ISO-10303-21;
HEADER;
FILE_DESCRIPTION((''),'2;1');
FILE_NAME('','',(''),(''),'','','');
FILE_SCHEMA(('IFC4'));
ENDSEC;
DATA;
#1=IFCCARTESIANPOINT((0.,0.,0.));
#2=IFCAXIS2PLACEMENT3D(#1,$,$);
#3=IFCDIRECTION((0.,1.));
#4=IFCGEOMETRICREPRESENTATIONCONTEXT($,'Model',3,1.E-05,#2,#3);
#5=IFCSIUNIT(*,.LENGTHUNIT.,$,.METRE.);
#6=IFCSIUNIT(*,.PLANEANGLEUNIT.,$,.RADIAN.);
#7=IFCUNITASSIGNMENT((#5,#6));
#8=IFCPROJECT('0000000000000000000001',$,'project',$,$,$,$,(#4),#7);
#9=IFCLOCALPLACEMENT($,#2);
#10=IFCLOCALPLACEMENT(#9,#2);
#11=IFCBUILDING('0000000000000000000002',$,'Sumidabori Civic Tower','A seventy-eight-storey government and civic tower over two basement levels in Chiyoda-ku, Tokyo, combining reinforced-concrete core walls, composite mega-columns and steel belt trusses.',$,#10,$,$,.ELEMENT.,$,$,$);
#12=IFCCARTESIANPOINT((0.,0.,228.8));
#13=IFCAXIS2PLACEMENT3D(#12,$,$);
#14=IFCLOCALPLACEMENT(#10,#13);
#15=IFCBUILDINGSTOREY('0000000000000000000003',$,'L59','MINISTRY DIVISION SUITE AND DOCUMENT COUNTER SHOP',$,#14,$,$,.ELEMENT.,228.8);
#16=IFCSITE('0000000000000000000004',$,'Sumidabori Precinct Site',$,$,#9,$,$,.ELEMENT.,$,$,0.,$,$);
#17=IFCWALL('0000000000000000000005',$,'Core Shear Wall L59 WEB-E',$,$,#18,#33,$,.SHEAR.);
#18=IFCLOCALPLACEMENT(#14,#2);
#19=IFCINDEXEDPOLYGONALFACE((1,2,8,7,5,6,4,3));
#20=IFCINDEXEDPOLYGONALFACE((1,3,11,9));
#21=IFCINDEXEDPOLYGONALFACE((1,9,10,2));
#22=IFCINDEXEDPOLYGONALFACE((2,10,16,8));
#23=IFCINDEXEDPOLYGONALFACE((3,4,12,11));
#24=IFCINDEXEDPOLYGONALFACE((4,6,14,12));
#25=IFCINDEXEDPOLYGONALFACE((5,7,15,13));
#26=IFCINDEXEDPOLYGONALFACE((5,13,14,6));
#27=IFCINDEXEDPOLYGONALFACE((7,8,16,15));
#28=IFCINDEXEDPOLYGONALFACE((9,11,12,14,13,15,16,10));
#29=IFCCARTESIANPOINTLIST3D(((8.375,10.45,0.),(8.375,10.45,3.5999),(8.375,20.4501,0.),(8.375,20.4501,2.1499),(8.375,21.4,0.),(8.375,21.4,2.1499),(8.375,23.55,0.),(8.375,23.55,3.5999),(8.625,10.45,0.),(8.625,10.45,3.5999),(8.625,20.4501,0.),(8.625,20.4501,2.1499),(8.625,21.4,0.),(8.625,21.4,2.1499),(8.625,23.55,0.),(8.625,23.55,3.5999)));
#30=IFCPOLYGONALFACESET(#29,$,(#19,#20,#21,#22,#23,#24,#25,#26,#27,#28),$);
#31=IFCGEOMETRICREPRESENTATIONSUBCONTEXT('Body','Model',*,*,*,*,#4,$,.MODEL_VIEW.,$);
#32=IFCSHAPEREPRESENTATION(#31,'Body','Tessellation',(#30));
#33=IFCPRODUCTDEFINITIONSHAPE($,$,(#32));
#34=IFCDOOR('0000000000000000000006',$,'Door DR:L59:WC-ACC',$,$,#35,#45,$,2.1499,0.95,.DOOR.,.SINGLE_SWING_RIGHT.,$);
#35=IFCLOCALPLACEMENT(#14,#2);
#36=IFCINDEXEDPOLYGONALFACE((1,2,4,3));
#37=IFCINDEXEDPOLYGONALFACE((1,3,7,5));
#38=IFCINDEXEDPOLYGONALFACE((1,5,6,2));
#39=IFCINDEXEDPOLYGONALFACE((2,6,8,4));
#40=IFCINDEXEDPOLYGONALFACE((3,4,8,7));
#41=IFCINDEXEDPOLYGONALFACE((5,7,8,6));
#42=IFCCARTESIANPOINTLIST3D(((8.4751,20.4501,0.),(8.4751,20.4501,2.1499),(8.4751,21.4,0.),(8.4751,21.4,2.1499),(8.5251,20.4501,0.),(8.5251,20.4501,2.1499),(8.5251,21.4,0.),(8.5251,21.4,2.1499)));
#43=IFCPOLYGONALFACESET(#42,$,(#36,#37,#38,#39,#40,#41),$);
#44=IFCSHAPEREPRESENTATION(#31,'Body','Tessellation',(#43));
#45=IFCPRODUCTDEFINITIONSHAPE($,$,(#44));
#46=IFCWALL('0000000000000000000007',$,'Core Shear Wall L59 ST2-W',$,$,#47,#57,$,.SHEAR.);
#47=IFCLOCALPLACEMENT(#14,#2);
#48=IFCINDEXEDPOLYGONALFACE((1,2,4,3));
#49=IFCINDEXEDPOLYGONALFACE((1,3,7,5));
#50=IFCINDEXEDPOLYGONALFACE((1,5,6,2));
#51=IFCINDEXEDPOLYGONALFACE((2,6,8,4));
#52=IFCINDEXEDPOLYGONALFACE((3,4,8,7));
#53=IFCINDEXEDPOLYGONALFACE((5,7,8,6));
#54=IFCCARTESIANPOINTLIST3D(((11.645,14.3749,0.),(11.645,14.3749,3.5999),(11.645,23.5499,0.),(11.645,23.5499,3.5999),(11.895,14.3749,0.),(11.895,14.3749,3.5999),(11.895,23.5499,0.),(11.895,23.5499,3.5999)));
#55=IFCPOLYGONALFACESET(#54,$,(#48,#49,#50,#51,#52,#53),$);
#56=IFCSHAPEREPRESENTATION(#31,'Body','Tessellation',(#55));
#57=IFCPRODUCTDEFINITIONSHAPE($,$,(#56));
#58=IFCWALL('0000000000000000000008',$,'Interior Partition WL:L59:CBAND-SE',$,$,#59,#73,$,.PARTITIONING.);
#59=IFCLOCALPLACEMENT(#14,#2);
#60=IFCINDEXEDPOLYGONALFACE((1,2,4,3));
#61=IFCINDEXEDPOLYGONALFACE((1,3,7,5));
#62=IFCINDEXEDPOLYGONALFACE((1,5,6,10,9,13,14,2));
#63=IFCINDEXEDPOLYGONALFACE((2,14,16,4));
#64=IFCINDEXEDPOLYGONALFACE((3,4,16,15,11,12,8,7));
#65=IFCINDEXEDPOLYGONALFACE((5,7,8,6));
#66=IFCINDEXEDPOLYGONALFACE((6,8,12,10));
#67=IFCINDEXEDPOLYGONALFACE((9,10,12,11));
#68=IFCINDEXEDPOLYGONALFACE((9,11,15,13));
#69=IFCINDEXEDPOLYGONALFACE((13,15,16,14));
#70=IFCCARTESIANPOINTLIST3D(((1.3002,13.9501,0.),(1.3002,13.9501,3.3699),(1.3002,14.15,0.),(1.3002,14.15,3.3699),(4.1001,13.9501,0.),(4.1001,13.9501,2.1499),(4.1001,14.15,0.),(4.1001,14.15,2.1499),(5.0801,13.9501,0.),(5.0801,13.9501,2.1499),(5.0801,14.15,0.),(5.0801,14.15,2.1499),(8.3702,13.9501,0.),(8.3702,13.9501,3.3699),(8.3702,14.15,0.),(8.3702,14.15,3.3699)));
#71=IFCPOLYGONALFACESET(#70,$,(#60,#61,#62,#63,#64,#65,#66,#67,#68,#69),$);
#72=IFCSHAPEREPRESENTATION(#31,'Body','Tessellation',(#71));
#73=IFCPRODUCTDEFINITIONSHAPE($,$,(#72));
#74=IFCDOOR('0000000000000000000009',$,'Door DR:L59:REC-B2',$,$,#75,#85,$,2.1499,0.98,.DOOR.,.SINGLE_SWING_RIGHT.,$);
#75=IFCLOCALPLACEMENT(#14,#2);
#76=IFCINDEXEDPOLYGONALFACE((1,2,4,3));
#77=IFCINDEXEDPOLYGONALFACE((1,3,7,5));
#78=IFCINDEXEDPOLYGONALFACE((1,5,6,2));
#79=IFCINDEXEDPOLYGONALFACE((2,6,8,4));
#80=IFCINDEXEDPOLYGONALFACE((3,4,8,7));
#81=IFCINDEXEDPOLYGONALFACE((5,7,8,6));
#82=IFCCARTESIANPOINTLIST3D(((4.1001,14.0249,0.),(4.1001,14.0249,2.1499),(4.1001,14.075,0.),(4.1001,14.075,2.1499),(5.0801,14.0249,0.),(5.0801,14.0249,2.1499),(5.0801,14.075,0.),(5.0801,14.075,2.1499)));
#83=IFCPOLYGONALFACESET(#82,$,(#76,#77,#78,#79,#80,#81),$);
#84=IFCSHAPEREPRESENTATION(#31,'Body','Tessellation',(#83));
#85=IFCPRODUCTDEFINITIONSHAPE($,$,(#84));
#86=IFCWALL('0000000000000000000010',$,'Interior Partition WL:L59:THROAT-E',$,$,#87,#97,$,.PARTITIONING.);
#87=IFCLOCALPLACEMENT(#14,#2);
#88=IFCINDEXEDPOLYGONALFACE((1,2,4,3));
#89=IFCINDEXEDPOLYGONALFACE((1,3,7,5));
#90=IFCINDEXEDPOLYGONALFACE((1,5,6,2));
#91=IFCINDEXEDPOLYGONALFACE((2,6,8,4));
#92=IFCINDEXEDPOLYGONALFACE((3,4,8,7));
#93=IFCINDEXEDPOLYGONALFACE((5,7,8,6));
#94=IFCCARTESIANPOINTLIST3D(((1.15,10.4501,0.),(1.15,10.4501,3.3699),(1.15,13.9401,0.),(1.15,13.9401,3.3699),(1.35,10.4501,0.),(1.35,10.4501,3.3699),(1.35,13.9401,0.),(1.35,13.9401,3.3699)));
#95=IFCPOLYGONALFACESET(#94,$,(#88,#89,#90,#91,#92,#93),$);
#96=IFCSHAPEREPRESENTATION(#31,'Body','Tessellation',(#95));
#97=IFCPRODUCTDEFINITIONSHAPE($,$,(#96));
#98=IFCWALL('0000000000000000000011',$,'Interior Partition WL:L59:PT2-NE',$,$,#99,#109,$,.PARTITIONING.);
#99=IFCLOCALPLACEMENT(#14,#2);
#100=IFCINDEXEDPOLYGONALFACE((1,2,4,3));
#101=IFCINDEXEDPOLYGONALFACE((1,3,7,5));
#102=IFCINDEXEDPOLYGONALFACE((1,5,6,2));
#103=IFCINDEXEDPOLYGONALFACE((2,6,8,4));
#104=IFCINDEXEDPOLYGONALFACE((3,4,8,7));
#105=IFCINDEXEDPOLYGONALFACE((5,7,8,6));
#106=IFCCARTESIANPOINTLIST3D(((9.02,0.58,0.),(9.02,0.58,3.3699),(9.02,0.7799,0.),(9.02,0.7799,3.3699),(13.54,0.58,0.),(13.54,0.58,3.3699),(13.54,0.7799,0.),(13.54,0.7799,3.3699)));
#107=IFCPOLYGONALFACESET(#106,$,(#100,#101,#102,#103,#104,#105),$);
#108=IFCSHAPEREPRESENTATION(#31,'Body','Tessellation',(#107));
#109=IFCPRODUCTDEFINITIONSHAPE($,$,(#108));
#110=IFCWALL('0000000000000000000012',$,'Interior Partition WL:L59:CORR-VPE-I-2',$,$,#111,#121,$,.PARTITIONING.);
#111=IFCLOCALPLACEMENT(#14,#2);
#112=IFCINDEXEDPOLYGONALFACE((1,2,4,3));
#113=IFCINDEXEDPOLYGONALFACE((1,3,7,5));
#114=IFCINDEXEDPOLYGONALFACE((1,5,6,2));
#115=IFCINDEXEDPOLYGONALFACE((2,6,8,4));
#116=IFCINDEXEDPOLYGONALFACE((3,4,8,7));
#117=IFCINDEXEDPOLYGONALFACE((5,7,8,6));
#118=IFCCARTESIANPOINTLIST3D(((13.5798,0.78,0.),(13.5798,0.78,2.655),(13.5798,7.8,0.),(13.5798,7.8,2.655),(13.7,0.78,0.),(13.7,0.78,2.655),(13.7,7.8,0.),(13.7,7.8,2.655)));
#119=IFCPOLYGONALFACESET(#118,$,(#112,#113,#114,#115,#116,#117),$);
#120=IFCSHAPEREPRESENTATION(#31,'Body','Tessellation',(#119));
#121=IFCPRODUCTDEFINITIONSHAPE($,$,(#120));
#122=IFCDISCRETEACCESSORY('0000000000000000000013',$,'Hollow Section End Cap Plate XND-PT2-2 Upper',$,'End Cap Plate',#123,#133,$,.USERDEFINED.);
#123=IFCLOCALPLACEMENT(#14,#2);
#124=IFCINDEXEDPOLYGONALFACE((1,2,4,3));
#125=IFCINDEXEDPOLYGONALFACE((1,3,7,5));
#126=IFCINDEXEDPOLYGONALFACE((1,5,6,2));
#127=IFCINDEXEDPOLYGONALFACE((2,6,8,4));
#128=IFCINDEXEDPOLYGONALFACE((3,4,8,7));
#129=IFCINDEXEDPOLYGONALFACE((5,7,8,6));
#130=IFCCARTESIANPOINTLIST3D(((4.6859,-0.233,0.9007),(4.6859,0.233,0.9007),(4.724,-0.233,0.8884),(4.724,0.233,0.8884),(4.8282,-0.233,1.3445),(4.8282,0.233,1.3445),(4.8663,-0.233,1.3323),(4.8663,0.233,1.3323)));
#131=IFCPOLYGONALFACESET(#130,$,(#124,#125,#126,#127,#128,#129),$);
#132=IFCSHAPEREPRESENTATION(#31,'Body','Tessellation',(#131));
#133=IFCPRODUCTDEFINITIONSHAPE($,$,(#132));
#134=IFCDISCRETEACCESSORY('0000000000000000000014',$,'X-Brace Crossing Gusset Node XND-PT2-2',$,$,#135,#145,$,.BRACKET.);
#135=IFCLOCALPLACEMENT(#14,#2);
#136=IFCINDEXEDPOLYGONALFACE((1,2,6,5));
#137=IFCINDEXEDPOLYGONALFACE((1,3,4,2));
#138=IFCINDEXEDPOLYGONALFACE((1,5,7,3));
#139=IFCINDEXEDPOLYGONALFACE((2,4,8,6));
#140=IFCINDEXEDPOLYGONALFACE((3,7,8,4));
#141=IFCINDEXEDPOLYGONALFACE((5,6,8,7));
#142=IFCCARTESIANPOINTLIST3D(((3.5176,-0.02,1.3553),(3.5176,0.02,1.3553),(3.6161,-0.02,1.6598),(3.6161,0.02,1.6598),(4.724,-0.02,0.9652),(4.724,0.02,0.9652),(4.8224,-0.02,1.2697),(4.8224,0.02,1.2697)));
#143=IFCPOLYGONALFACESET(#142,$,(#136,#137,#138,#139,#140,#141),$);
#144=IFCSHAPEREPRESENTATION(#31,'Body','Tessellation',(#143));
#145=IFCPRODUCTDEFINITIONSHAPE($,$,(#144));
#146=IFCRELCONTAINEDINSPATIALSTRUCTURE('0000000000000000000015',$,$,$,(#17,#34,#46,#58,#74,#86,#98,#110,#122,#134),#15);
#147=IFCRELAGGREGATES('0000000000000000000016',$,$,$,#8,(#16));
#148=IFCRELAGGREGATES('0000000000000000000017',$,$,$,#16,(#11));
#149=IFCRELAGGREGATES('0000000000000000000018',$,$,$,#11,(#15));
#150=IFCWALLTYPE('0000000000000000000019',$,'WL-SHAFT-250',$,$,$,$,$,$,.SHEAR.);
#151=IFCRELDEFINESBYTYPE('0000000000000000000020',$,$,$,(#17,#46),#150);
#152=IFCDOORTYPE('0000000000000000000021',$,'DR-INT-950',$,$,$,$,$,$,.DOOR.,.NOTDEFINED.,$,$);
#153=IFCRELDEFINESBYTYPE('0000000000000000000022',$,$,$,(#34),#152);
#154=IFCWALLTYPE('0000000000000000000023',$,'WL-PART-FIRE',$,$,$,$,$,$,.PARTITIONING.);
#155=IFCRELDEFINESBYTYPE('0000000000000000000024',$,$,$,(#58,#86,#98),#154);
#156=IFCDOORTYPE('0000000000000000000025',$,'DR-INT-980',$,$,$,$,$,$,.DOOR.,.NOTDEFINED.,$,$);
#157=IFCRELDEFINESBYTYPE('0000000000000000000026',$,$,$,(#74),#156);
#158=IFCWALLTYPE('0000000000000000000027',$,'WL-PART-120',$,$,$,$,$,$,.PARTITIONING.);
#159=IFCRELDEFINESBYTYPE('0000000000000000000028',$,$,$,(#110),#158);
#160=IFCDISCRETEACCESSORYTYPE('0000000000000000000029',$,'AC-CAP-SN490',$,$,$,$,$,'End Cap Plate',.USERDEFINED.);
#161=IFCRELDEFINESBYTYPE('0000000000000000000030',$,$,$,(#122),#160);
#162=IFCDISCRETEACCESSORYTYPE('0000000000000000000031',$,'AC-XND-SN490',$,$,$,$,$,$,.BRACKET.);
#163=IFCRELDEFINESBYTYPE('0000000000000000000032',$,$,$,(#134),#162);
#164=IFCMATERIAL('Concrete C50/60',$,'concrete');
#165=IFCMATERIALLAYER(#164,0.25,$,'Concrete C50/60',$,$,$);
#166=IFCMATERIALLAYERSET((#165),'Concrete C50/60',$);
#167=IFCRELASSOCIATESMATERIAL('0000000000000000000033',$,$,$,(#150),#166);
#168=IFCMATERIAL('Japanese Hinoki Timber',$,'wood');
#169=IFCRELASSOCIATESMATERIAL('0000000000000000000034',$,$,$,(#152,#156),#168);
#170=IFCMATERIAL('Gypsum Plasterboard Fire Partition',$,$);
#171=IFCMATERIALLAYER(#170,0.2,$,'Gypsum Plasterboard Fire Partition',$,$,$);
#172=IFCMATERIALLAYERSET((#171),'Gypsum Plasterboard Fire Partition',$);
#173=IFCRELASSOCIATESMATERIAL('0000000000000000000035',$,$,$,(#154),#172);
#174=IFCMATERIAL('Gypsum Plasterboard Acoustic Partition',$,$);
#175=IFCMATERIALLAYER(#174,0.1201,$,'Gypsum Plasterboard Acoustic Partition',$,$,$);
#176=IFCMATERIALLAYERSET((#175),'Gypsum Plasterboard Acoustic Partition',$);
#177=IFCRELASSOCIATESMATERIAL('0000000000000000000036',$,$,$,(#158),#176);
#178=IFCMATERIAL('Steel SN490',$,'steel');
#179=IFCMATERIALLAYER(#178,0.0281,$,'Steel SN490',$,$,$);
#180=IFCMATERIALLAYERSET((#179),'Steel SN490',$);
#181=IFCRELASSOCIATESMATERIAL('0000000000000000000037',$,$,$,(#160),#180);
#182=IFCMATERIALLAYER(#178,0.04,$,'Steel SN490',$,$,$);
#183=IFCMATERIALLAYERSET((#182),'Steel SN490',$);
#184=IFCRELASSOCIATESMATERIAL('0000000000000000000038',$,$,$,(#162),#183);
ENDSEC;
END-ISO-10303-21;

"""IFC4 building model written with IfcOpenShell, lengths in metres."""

from ifc_helpers import new_model, si_unit, direction, frame, frame_2d, origin, origin_2d, place, context, subcontext, project, spatial, rectangle, extrude, source, transform, mapped, material, layer, layer_set, type_object, element, fill, save


model = new_model("IFC4")

# Units and contexts
model_context = context("Model", 3, precision=1e-05, world=origin(), true_north=direction((0.0, 1.0)))
body_context = subcontext(model_context, "Body", "Model", "MODEL_VIEW")
ifc_project = project(units=[si_unit("LENGTHUNIT", "METRE"), si_unit("PLANEANGLEUNIT", "RADIAN")], contexts=[model_context])

# Site, building, storey
site_placement = place(None, origin())
site = spatial("IfcSite", under=ifc_project, at=site_placement, Name="Sumidabori Precinct Site", CompositionType="ELEMENT", RefElevation=0.0)
building_placement = place(site_placement, origin())
building = spatial("IfcBuilding", under=site, at=building_placement, Name="Sumidabori Civic Tower", Description="A seventy-eight-storey government and civic tower over two basement levels in Chiyoda-ku, Tokyo, combining reinforced-concrete core walls, composite mega-columns and steel belt trusses.", CompositionType="ELEMENT")
storey_placement = place(building_placement, frame((0.0, 0.0, 228.8)))
storey = spatial("IfcBuildingStorey", under=building, at=storey_placement, Name="L59", Description="MINISTRY DIVISION SUITE AND DOCUMENT COUNTER SHOP", CompositionType="ELEMENT", Elevation=228.8)

# Shared definitions
ifc_material_1 = material(Name="Concrete C50/60", Category="concrete")

# Shared definitions
ifc_material_2 = material(Name="Steel SN490", Category="steel")

# Wall, opening, door
ifc_layer_1 = layer(ifc_material_1, 0.25, Name="Concrete C50/60")
ifc_layer_set_1 = layer_set([ifc_layer_1], Name="Concrete C50/60")
wall_type_1 = type_object("IfcWallType", Name="WL-SHAFT-250", PredefinedType="SHEAR", material=ifc_layer_set_1)
shared_shape_1 = source(origin(), body_context, "Body", "SweptSolid", [
    extrude(rectangle(XDim=13.1001, YDim=0.25, at=frame_2d((6.55, 0.0))), origin(), (0.0, 0.0, 1.0), 3.5999),
])
wall_1_placement = place(storey_placement, frame((8.5, 10.45, 0.0), z_axis=(0.0, 0.0, 1.0), x_axis=(0.0, 1.0, 0.0)))
wall_1 = element("IfcWall", 1, at=wall_1_placement, inside=storey, type_object=wall_type_1, Name="Core Shear Wall L59 WEB-E", PredefinedType="SHEAR", context=body_context, shape_type="MappedRepresentation", body=[
    mapped(shared_shape_1, transform((0.0, 0.0, 0.0), x_axis=(1.0, 0.0, 0.0), y_axis=(0.0, 1.0, 0.0), z_axis=(0.0, 0.0, 1.0), scale=1.0)),
])
opening_1_placement = place(wall_1_placement, frame((10.0, 0.0, 0.0)))
opening_1 = element("IfcOpeningElement", 2, at=opening_1_placement, cuts=wall_1, PredefinedType="OPENING", context=body_context, shape_type="SweptSolid", body=[
    extrude(rectangle(XDim=0.95, YDim=2.1499, at=frame_2d((0.4751, 1.075))), frame((0.0, 0.137, 0.0), z_axis=(0.0, -1.0, 0.0), x_axis=(1.0, 0.0, 0.0)), (0.0, 0.0, 1.0), 0.2739),
])
ifc_material_3 = material(Name="Japanese Hinoki Timber", Category="wood")
door_type_1 = type_object("IfcDoorType", Name="DR-INT-950", OperationType="NOTDEFINED", PredefinedType="DOOR", material=ifc_material_3)
shared_shape_2 = source(origin(), body_context, "Body", "SweptSolid", [
    extrude(rectangle(XDim=0.95, YDim=2.1499, at=frame_2d((0.4751, 1.075))), frame((0.0, 0.0249, 0.0), z_axis=(0.0, -1.0, 0.0), x_axis=(1.0, 0.0, 0.0)), (0.0, 0.0, 1.0), 0.05),
])
door_1_placement = place(opening_1_placement, origin())
door_1 = element("IfcDoor", 3, at=door_1_placement, inside=storey, type_object=door_type_1, Name="Door DR:L59:WC-ACC", OperationType="SINGLE_SWING_RIGHT", OverallHeight=2.1499, OverallWidth=0.95, PredefinedType="DOOR", context=body_context, shape_type="MappedRepresentation", body=[
    mapped(shared_shape_2, transform((0.0, 0.0, 0.0), x_axis=(1.0, 0.0, 0.0), y_axis=(0.0, 1.0, 0.0), z_axis=(0.0, 0.0, 1.0), scale=1.0)),
])
fill(opening_1, door_1)

# Wall
shared_shape_3 = source(origin(), body_context, "Body", "SweptSolid", [
    extrude(rectangle(XDim=9.175, YDim=0.25, at=frame_2d((4.5874, 0.0))), origin(), (0.0, 0.0, 1.0), 3.5999),
])
wall_2_placement = place(storey_placement, frame((11.77, 14.375, 0.0), z_axis=(0.0, 0.0, 1.0), x_axis=(0.0, 1.0, 0.0)))
element("IfcWall", 4, at=wall_2_placement, inside=storey, type_object=wall_type_1, Name="Core Shear Wall L59 ST2-W", PredefinedType="SHEAR", context=body_context, shape_type="MappedRepresentation", body=[
    mapped(shared_shape_3, transform((0.0, 0.0, 0.0), x_axis=(1.0, 0.0, 0.0), y_axis=(0.0, 1.0, 0.0), z_axis=(0.0, 0.0, 1.0), scale=1.0)),
])

# Wall, opening, door
ifc_material_4 = material(Name="Gypsum Plasterboard Fire Partition")
ifc_layer_2 = layer(ifc_material_4, 0.2, Name="Gypsum Plasterboard Fire Partition")
ifc_layer_set_2 = layer_set([ifc_layer_2], Name="Gypsum Plasterboard Fire Partition")
wall_type_2 = type_object("IfcWallType", Name="WL-PART-FIRE", PredefinedType="PARTITIONING", material=ifc_layer_set_2)
shared_shape_4 = source(origin(), body_context, "Body", "SweptSolid", [
    extrude(rectangle(XDim=7.0701, YDim=0.2, at=frame_2d((3.5352, 0.0))), origin(), (0.0, 0.0, 1.0), 3.3699),
])
wall_3_placement = place(storey_placement, frame((1.3, 14.05, 0.0), z_axis=(0.0, 0.0, 1.0), x_axis=(1.0, 0.0, 0.0)))
wall_3 = element("IfcWall", 5, at=wall_3_placement, inside=storey, type_object=wall_type_2, Name="Interior Partition WL:L59:CBAND-SE", PredefinedType="PARTITIONING", context=body_context, shape_type="MappedRepresentation", body=[
    mapped(shared_shape_4, transform((0.0, 0.0, 0.0), x_axis=(1.0, 0.0, 0.0), y_axis=(0.0, 1.0, 0.0), z_axis=(0.0, 0.0, 1.0), scale=1.0)),
])
opening_2_placement = place(wall_3_placement, frame((2.8, 0.0, 0.0)))
opening_2 = element("IfcOpeningElement", 6, at=opening_2_placement, cuts=wall_3, PredefinedType="OPENING", context=body_context, shape_type="SweptSolid", body=[
    extrude(rectangle(XDim=0.98, YDim=2.1499, at=frame_2d((0.49, 1.075))), frame((0.0, 0.1118, 0.0), z_axis=(0.0, -1.0, 0.0), x_axis=(1.0, 0.0, 0.0)), (0.0, 0.0, 1.0), 0.2239),
])
door_type_2 = type_object("IfcDoorType", Name="DR-INT-980", OperationType="NOTDEFINED", PredefinedType="DOOR", material=ifc_material_3)
shared_shape_5 = source(origin(), body_context, "Body", "SweptSolid", [
    extrude(rectangle(XDim=0.98, YDim=2.1499, at=frame_2d((0.49, 1.075))), frame((0.0, 0.0249, 0.0), z_axis=(0.0, -1.0, 0.0), x_axis=(1.0, 0.0, 0.0)), (0.0, 0.0, 1.0), 0.05),
])
door_2_placement = place(opening_2_placement, origin())
door_2 = element("IfcDoor", 7, at=door_2_placement, inside=storey, type_object=door_type_2, Name="Door DR:L59:REC-B2", OperationType="SINGLE_SWING_RIGHT", OverallHeight=2.1499, OverallWidth=0.98, PredefinedType="DOOR", context=body_context, shape_type="MappedRepresentation", body=[
    mapped(shared_shape_5, transform((0.0, 0.0, 0.0), x_axis=(1.0, 0.0, 0.0), y_axis=(0.0, 1.0, 0.0), z_axis=(0.0, 0.0, 1.0), scale=1.0)),
])
fill(opening_2, door_2)

# Walls
shared_shape_6 = source(origin(), body_context, "Body", "SweptSolid", [
    extrude(rectangle(XDim=3.49, YDim=0.2, at=frame_2d((1.7451, 0.0))), origin(), (0.0, 0.0, 1.0), 3.3699),
])
wall_4_placement = place(storey_placement, frame((1.25, 10.45, 0.0), z_axis=(0.0, 0.0, 1.0), x_axis=(0.0, 1.0, 0.0)))
element("IfcWall", 8, at=wall_4_placement, inside=storey, type_object=wall_type_2, Name="Interior Partition WL:L59:THROAT-E", PredefinedType="PARTITIONING", context=body_context, shape_type="MappedRepresentation", body=[
    mapped(shared_shape_6, transform((0.0, 0.0, 0.0), x_axis=(1.0, 0.0, 0.0), y_axis=(0.0, 1.0, 0.0), z_axis=(0.0, 0.0, 1.0), scale=1.0)),
])
shared_shape_7 = source(origin(), body_context, "Body", "SweptSolid", [
    extrude(rectangle(XDim=4.52, YDim=0.2, at=frame_2d((2.26, 0.0))), origin(), (0.0, 0.0, 1.0), 3.3699),
])
wall_5_placement = place(storey_placement, frame((9.02, 0.6799, 0.0), z_axis=(0.0, 0.0, 1.0), x_axis=(1.0, 0.0, 0.0)))
element("IfcWall", 9, at=wall_5_placement, inside=storey, type_object=wall_type_2, Name="Interior Partition WL:L59:PT2-NE", PredefinedType="PARTITIONING", context=body_context, shape_type="MappedRepresentation", body=[
    mapped(shared_shape_7, transform((0.0, 0.0, 0.0), x_axis=(1.0, 0.0, 0.0), y_axis=(0.0, 1.0, 0.0), z_axis=(0.0, 0.0, 1.0), scale=1.0)),
])
ifc_material_5 = material(Name="Gypsum Plasterboard Acoustic Partition")
ifc_layer_3 = layer(ifc_material_5, 0.1201, Name="Gypsum Plasterboard Acoustic Partition")
ifc_layer_set_3 = layer_set([ifc_layer_3], Name="Gypsum Plasterboard Acoustic Partition")
wall_type_3 = type_object("IfcWallType", Name="WL-PART-120", PredefinedType="PARTITIONING", material=ifc_layer_set_3)
shared_shape_8 = source(origin(), body_context, "Body", "SweptSolid", [
    extrude(rectangle(XDim=7.02, YDim=0.1201, at=frame_2d((3.51, 0.0))), origin(), (0.0, 0.0, 1.0), 2.655),
])
wall_6_placement = place(storey_placement, frame((13.6399, 0.78, 0.0), z_axis=(0.0, 0.0, 1.0), x_axis=(0.0, 1.0, 0.0)))
element("IfcWall", 10, at=wall_6_placement, inside=storey, type_object=wall_type_3, Name="Interior Partition WL:L59:CORR-VPE-I-2", PredefinedType="PARTITIONING", context=body_context, shape_type="MappedRepresentation", body=[
    mapped(shared_shape_8, transform((0.0, 0.0, 0.0), x_axis=(1.0, 0.0, 0.0), y_axis=(0.0, 1.0, 0.0), z_axis=(0.0, 0.0, 1.0), scale=1.0)),
])

# Discrete accessories
ifc_layer_4 = layer(ifc_material_2, 0.0281, Name="Steel SN490")
ifc_layer_set_4 = layer_set([ifc_layer_4], Name="Steel SN490")
discrete_accessory_type_1 = type_object("IfcDiscreteAccessoryType", Name="AC-CAP-SN490", ElementType="End Cap Plate", PredefinedType="USERDEFINED", material=ifc_layer_set_4)
shared_shape_9 = source(origin(), body_context, "Body", "SweptSolid", [
    extrude(rectangle(XDim=0.4661, YDim=0.4661, at=origin_2d()), origin(), (0.0, 0.0, 1.0), 0.04),
])
discrete_accessory_1_placement = place(storey_placement, frame((4.7952, 0.0, 1.1104), z_axis=(-0.952282, 0.0, 0.305219), x_axis=(0.0, -1.0, 0.0)))
element("IfcDiscreteAccessory", 11, at=discrete_accessory_1_placement, inside=storey, type_object=discrete_accessory_type_1, Name="Hollow Section End Cap Plate XND-PT2-2 Upper", ObjectType="End Cap Plate", PredefinedType="USERDEFINED", context=body_context, shape_type="MappedRepresentation", body=[
    mapped(shared_shape_9, transform((0.0, 0.0, 0.0), x_axis=(1.0, 0.0, 0.0), y_axis=(0.0, 1.0, 0.0), z_axis=(0.0, 0.0, 1.0), scale=1.0)),
])
ifc_layer_5 = layer(ifc_material_2, 0.04, Name="Steel SN490")
ifc_layer_set_5 = layer_set([ifc_layer_5], Name="Steel SN490")
discrete_accessory_type_2 = type_object("IfcDiscreteAccessoryType", Name="AC-XND-SN490", PredefinedType="BRACKET", material=ifc_layer_set_5)
shared_shape_10 = source(origin(), body_context, "Body", "SweptSolid", [
    extrude(rectangle(XDim=0.04, YDim=0.3201, at=origin_2d()), origin(), (0.0, 0.0, 1.0), 1.2678),
])
discrete_accessory_2_placement = place(storey_placement, frame((3.5669, 0.0, 1.5076), z_axis=(0.951476, 0.0, -0.307723), x_axis=(0.0, 1.0, 0.0)))
element("IfcDiscreteAccessory", 12, at=discrete_accessory_2_placement, inside=storey, type_object=discrete_accessory_type_2, Name="X-Brace Crossing Gusset Node XND-PT2-2", PredefinedType="BRACKET", context=body_context, shape_type="MappedRepresentation", body=[
    mapped(shared_shape_10, transform((0.0, 0.0, 0.0), x_axis=(1.0, 0.0, 0.0), y_axis=(0.0, 1.0, 0.0), z_axis=(0.0, 0.0, 1.0), scale=1.0)),
])

save(model, "model.ifc")
